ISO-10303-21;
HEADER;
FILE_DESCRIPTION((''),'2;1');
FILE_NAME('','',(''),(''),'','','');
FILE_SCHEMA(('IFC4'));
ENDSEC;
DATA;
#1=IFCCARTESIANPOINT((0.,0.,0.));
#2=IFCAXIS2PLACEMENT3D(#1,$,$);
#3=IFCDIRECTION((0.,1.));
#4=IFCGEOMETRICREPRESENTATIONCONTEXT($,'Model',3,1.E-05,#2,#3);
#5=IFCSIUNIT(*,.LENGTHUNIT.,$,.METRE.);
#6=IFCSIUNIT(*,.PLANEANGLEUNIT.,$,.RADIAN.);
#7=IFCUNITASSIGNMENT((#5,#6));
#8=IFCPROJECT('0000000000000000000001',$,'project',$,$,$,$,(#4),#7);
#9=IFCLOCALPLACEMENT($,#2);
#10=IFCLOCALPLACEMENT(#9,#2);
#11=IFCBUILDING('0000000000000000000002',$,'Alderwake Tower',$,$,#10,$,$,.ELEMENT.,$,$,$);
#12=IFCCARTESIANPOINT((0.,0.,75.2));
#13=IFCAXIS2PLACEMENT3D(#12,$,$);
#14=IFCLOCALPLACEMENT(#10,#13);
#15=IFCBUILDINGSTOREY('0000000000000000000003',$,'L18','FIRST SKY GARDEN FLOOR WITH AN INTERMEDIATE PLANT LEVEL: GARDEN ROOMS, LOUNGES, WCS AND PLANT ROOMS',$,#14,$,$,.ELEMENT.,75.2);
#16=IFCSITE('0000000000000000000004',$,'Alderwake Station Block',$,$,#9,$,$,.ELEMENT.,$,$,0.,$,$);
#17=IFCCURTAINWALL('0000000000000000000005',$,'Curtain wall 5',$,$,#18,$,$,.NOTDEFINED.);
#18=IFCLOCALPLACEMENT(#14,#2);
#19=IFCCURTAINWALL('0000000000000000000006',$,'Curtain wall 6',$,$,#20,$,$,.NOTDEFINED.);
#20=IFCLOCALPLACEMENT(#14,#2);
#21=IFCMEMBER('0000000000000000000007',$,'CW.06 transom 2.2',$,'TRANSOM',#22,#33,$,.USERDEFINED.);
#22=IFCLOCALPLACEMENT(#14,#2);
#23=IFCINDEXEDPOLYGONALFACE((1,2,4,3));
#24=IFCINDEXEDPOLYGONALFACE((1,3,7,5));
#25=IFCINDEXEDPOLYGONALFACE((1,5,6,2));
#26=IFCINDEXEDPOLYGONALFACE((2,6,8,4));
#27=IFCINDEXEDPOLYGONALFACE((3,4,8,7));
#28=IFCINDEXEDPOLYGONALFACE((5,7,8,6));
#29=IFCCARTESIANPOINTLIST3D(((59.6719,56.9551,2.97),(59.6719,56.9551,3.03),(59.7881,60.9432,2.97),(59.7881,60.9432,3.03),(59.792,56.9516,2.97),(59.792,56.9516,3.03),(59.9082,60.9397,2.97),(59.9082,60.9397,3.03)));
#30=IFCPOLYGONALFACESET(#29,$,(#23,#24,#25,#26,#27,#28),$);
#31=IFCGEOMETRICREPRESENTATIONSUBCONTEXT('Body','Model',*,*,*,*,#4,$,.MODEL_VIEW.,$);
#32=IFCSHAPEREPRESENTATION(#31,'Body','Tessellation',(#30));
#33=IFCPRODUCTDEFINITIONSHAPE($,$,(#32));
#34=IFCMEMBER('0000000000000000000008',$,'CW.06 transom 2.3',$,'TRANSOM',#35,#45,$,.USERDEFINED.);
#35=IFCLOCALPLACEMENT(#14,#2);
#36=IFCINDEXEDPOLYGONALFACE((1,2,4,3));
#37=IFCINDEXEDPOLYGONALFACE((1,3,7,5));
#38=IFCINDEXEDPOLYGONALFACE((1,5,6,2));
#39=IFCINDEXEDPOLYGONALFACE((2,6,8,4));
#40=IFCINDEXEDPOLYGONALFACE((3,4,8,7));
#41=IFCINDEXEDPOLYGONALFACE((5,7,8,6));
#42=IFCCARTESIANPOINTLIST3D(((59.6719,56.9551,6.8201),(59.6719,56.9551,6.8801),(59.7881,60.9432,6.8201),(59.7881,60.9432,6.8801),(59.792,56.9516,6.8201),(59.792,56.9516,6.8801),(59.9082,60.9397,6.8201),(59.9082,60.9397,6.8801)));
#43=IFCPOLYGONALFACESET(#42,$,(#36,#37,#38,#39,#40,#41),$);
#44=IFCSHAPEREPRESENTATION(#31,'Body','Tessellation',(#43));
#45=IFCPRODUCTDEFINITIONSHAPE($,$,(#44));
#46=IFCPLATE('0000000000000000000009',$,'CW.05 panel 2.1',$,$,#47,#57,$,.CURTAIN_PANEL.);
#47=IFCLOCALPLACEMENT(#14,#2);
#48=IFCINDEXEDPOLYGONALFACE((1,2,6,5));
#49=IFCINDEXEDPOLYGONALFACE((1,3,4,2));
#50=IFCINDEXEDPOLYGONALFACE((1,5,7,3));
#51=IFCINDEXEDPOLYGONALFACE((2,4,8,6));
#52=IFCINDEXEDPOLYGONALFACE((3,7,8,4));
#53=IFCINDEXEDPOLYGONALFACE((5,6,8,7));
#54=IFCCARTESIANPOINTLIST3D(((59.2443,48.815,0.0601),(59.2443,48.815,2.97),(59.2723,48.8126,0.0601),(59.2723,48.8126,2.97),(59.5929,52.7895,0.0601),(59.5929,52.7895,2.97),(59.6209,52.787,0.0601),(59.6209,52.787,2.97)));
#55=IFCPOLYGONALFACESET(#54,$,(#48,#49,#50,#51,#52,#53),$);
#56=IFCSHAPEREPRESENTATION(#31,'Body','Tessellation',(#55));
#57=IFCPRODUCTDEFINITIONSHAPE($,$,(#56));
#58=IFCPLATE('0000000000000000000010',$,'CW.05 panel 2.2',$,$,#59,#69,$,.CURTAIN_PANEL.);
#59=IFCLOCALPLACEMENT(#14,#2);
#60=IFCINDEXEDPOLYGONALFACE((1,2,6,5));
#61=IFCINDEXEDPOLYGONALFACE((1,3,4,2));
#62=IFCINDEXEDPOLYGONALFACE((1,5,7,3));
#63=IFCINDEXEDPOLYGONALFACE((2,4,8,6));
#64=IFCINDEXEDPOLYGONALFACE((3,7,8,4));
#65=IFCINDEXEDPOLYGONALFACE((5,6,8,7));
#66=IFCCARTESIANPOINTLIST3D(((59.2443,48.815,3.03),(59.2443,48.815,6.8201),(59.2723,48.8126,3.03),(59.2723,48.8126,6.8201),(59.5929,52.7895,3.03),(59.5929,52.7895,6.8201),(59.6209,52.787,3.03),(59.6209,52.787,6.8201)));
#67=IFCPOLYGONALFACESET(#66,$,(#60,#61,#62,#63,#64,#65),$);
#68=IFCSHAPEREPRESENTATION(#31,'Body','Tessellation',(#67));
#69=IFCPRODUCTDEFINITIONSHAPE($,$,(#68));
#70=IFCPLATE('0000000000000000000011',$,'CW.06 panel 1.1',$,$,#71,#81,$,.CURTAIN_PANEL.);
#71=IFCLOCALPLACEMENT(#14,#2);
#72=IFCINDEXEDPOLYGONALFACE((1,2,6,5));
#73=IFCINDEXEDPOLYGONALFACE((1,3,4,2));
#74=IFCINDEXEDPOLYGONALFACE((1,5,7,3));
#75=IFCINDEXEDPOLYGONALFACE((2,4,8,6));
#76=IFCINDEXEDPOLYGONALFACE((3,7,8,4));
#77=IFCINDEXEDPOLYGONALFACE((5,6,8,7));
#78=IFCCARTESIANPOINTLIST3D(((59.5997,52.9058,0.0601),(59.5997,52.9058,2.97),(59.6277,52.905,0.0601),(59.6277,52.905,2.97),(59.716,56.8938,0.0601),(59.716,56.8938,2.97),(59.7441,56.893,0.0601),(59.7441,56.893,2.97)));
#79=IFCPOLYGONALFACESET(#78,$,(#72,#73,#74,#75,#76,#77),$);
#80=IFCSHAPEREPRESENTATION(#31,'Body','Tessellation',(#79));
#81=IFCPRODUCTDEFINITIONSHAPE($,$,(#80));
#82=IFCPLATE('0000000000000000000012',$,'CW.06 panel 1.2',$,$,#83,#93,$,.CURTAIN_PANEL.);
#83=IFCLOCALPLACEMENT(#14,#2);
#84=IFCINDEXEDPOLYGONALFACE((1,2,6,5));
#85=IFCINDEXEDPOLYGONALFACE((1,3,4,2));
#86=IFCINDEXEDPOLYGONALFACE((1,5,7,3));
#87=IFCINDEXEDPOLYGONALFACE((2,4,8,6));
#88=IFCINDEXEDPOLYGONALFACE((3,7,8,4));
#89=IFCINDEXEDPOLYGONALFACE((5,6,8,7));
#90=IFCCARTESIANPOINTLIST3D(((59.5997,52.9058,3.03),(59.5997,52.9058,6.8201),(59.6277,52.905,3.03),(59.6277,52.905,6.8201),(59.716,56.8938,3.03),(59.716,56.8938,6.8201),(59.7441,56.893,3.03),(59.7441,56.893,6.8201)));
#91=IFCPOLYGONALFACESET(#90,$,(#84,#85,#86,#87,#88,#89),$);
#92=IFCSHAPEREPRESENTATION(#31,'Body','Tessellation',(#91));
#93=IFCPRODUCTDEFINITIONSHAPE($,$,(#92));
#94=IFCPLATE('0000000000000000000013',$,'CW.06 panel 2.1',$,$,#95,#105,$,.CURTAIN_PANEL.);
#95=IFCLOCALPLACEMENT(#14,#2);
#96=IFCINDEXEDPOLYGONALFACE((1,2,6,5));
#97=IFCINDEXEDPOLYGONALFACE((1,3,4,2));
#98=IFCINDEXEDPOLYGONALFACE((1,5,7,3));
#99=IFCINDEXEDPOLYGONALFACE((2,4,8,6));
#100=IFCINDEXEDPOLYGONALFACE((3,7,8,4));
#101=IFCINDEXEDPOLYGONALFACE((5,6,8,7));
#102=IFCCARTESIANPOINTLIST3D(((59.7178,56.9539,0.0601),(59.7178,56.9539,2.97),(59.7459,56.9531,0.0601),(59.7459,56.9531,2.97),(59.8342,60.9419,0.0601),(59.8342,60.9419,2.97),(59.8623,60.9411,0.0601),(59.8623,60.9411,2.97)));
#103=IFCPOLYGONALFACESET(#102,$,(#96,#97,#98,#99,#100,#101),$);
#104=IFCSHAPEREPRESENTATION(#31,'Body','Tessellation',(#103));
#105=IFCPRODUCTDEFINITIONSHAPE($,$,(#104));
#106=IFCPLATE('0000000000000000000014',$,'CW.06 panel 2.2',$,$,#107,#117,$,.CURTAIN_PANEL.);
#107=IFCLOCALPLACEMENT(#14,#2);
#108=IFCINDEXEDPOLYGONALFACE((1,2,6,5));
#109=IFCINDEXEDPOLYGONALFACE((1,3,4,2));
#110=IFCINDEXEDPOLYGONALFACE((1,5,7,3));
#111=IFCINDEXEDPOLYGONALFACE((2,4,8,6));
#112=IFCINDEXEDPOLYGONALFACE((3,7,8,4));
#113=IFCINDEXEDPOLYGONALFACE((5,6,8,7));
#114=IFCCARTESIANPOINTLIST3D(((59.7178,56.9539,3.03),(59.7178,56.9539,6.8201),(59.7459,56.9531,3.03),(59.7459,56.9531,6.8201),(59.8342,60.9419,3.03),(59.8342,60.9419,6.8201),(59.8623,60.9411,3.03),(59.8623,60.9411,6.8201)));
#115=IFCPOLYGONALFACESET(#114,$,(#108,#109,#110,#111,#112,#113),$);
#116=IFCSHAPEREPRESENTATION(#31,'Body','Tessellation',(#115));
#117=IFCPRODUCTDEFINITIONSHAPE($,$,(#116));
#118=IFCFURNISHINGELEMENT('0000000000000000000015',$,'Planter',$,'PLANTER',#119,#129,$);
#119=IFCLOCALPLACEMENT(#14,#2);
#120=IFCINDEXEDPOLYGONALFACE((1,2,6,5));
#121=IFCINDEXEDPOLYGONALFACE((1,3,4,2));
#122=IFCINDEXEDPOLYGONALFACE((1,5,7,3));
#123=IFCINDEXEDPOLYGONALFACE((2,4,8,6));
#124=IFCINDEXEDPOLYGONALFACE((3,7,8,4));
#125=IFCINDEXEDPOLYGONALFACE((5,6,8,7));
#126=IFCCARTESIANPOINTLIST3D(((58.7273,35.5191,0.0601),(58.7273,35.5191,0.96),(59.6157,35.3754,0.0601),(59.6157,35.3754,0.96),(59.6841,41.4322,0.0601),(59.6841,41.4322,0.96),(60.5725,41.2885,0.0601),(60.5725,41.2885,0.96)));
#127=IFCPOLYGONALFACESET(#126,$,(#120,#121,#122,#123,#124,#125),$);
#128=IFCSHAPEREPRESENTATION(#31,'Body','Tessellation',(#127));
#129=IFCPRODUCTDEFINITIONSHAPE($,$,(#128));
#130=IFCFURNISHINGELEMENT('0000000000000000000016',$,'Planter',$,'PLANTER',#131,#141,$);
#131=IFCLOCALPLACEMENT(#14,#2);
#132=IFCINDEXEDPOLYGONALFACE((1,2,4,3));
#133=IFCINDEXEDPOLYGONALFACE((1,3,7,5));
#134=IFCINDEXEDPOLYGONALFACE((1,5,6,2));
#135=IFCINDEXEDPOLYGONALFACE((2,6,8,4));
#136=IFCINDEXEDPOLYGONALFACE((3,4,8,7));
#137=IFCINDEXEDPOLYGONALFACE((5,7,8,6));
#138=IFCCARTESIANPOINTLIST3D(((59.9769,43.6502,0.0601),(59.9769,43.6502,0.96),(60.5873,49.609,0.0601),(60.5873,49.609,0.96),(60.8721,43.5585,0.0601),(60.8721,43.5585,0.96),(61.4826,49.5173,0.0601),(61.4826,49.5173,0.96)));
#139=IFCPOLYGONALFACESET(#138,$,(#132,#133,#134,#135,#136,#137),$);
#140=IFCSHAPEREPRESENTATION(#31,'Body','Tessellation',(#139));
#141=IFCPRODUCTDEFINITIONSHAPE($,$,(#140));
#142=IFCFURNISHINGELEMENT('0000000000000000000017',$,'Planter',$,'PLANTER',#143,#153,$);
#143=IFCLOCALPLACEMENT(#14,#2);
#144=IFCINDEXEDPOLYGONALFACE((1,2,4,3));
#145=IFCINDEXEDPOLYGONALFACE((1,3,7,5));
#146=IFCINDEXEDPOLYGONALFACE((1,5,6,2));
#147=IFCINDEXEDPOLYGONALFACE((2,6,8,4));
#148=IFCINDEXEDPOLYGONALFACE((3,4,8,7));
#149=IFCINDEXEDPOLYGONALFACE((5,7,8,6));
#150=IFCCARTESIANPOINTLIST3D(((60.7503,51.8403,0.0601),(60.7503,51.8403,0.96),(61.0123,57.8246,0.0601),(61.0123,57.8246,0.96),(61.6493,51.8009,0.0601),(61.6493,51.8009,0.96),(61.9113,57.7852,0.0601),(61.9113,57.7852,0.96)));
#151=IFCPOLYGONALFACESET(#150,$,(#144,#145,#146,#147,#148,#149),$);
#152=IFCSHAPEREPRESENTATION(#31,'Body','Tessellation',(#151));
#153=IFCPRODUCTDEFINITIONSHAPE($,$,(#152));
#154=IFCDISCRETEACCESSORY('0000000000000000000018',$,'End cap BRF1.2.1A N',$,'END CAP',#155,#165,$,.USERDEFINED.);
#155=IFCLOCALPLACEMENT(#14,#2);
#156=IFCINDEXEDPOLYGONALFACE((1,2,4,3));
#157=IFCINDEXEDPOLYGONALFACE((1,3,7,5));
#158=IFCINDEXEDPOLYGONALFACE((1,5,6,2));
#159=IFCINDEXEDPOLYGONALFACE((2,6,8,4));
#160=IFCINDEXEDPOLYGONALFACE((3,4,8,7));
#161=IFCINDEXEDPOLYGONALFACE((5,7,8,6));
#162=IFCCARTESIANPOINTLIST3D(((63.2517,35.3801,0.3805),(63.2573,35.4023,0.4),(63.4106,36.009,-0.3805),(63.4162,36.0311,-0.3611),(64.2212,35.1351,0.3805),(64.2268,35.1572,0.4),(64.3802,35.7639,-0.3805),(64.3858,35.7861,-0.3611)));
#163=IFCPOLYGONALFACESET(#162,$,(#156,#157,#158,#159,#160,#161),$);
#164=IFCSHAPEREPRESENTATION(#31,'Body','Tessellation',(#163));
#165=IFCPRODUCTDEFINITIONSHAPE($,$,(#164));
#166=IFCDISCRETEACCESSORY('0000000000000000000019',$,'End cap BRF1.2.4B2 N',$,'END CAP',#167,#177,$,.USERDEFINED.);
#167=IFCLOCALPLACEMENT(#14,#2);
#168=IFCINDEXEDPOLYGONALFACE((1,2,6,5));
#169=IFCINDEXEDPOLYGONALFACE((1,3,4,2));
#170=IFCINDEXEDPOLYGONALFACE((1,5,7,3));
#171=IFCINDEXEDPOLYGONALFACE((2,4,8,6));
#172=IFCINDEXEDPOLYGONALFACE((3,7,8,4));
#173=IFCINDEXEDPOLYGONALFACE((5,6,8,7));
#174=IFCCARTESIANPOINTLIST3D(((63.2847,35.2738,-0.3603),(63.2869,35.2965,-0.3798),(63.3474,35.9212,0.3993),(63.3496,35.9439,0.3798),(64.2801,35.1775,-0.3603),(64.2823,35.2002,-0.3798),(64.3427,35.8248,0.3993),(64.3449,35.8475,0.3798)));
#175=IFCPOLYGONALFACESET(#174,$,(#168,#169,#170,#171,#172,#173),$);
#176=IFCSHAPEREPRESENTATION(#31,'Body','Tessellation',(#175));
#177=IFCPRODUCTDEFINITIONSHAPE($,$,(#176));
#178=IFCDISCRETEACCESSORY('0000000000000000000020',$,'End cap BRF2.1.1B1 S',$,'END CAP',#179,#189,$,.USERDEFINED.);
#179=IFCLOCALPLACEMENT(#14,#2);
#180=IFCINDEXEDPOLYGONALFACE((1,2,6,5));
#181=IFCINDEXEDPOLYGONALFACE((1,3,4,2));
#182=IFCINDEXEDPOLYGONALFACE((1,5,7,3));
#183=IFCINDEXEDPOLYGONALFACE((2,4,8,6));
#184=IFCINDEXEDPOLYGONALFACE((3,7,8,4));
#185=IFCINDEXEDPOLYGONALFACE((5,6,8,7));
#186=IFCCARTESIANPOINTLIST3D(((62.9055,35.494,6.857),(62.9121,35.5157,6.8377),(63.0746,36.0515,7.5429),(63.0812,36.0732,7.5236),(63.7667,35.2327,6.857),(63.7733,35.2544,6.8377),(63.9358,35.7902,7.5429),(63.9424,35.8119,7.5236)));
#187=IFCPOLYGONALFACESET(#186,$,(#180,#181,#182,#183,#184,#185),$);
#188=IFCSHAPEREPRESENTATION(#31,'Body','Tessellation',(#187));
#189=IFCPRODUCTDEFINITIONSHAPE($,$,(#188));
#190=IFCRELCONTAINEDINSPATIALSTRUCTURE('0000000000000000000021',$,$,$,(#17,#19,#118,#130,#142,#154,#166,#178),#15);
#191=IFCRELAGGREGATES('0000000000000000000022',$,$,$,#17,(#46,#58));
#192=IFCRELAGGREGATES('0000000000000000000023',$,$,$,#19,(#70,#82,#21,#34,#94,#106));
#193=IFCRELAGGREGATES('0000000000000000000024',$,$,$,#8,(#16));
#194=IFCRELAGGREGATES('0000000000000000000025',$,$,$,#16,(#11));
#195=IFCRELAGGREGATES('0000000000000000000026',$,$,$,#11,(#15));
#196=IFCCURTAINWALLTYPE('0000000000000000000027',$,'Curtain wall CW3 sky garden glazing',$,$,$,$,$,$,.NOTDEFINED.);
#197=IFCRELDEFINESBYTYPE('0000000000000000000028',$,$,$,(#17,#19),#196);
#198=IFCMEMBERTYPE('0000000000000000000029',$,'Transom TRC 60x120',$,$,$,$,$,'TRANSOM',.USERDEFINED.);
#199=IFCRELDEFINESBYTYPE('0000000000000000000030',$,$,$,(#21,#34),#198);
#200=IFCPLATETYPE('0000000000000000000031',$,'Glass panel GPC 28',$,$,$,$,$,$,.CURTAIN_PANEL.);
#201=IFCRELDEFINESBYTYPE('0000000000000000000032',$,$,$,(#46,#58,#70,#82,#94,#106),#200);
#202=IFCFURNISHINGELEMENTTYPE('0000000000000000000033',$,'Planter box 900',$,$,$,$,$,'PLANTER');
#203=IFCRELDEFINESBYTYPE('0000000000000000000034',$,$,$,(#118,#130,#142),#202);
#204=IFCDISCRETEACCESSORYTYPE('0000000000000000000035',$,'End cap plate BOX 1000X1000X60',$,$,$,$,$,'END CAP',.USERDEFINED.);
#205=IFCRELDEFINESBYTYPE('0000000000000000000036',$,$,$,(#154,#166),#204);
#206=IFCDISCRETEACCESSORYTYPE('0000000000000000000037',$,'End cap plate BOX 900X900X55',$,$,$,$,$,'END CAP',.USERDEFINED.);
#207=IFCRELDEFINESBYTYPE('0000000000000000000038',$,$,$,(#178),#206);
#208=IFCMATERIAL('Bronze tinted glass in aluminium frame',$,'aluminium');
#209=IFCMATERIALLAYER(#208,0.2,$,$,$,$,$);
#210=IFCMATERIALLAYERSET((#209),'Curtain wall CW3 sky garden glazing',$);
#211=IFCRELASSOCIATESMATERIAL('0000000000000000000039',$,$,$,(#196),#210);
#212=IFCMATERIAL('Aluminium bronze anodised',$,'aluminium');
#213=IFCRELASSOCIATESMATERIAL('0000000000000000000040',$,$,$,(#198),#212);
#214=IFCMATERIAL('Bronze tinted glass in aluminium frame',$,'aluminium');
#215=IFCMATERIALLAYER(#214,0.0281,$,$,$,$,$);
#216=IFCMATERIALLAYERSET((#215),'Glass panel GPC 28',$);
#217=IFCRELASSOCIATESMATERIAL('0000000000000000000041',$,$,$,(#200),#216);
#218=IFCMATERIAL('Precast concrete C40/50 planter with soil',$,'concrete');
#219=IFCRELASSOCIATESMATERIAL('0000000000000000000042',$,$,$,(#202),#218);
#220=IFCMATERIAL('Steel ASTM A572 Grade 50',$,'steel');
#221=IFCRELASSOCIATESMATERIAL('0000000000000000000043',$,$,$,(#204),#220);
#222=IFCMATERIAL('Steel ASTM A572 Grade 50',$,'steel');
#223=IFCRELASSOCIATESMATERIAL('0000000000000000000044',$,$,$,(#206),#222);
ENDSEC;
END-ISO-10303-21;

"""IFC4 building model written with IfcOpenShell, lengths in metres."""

from ifc_helpers import new_model, si_unit, direction, frame, origin, origin_2d, place, context, subcontext, project, spatial, rectangle, extrude, material, layer, layer_set, material_profile, profile_set, type_object, element, aggregate, save


model = new_model("IFC4")

# Units and contexts
model_context = context("Model", 3, precision=1e-05, world=origin(), true_north=direction((0.0, 1.0)))
body_context = subcontext(model_context, "Body", "Model", "MODEL_VIEW")
ifc_project = project(units=[si_unit("LENGTHUNIT", "METRE"), si_unit("PLANEANGLEUNIT", "RADIAN")], contexts=[model_context])

# Site, building, storey
site_placement = place(None, origin())
site = spatial("IfcSite", under=ifc_project, at=site_placement, Name="Alderwake Station Block", CompositionType="ELEMENT", RefElevation=0.0)
building_placement = place(site_placement, origin())
building = spatial("IfcBuilding", under=site, at=building_placement, Name="Alderwake Tower", CompositionType="ELEMENT")
storey_placement = place(building_placement, frame((0.0, 0.0, 75.2)))
storey = spatial("IfcBuildingStorey", under=building, at=storey_placement, Name="L18", Description="FIRST SKY GARDEN FLOOR WITH AN INTERMEDIATE PLANT LEVEL: GARDEN ROOMS, LOUNGES, WCS AND PLANT ROOMS", CompositionType="ELEMENT", Elevation=75.2)

# Curtain wall
ifc_material_1 = material(Name="Bronze tinted glass in aluminium frame", Category="aluminium")
ifc_layer_1 = layer(ifc_material_1, 0.2)
ifc_layer_set_1 = layer_set([ifc_layer_1], Name="Curtain wall CW3 sky garden glazing")
curtain_wall_type = type_object("IfcCurtainWallType", Name="Curtain wall CW3 sky garden glazing", PredefinedType="NOTDEFINED", material=ifc_layer_set_1)
curtain_wall_1_placement = place(storey_placement, origin())
curtain_wall_1 = element("IfcCurtainWall", 1, at=curtain_wall_1_placement, inside=storey, type_object=curtain_wall_type, Name="Curtain wall 5", PredefinedType="NOTDEFINED")

# Curtain wall
curtain_wall_2_placement = place(storey_placement, origin())
curtain_wall_2 = element("IfcCurtainWall", 2, at=curtain_wall_2_placement, inside=storey, type_object=curtain_wall_type, Name="Curtain wall 6", PredefinedType="NOTDEFINED")

# Members
ifc_material_2 = material(Name="Aluminium bronze anodised", Category="aluminium")
ifc_material_profile_1 = material_profile(ifc_material_2, rectangle(XDim=0.1201, YDim=0.0601, at=origin_2d()), Name="Transom TRC 60x120")
ifc_profile_set_1 = profile_set([ifc_material_profile_1], Name="Aluminium bronze anodised")
member_type_1 = type_object("IfcMemberType", Name="Transom TRC 60x120", ElementType="TRANSOM", PredefinedType="USERDEFINED", material=ifc_profile_set_1)
member_1_placement = place(storey_placement, frame((59.7319, 56.9534, 3.0), z_axis=(0.029128, 0.999576, 0.0), x_axis=(-0.999576, 0.029128, 0.0)))
member_1 = element("IfcMember", 3, at=member_1_placement, type_object=member_type_1, Name="CW.06 transom 2.2", ObjectType="TRANSOM", PredefinedType="USERDEFINED", context=body_context, shape_type="SweptSolid", body=[
    extrude(rectangle(XDim=0.1201, YDim=0.0601, at=origin_2d()), origin(), (0.0, 0.0, 1.0), 3.9897),
])
member_2_placement = place(storey_placement, frame((59.7319, 56.9534, 6.8501), z_axis=(0.029128, 0.999576, 0.0), x_axis=(-0.999576, 0.029128, 0.0)))
member_2 = element("IfcMember", 4, at=member_2_placement, type_object=member_type_1, Name="CW.06 transom 2.3", ObjectType="TRANSOM", PredefinedType="USERDEFINED", context=body_context, shape_type="SweptSolid", body=[
    extrude(rectangle(XDim=0.1201, YDim=0.0601, at=origin_2d()), origin(), (0.0, 0.0, 1.0), 3.9897),
])

# Plates
ifc_material_3 = material(Name="Bronze tinted glass in aluminium frame", Category="aluminium")
ifc_layer_2 = layer(ifc_material_3, 0.0281)
ifc_layer_set_2 = layer_set([ifc_layer_2], Name="Glass panel GPC 28")
plate_type = type_object("IfcPlateType", Name="Glass panel GPC 28", PredefinedType="CURTAIN_PANEL", material=ifc_layer_set_2)
plate_1_placement = place(storey_placement, frame((59.4326, 50.801, 0.0601), z_axis=(0.0, 0.0, 1.0), x_axis=(0.087381, 0.996175, 0.0)))
plate_1 = element("IfcPlate", 5, at=plate_1_placement, type_object=plate_type, Name="CW.05 panel 2.1", PredefinedType="CURTAIN_PANEL", context=body_context, shape_type="SweptSolid", body=[
    extrude(rectangle(XDim=3.9897, YDim=0.0281, at=origin_2d()), origin(), (0.0, 0.0, 1.0), 2.9099),
])
plate_2_placement = place(storey_placement, frame((59.4326, 50.801, 3.03), z_axis=(0.0, 0.0, 1.0), x_axis=(0.087381, 0.996175, 0.0)))
plate_2 = element("IfcPlate", 6, at=plate_2_placement, type_object=plate_type, Name="CW.05 panel 2.2", PredefinedType="CURTAIN_PANEL", context=body_context, shape_type="SweptSolid", body=[
    extrude(rectangle(XDim=3.9897, YDim=0.0281, at=origin_2d()), origin(), (0.0, 0.0, 1.0), 3.79),
])
aggregate(curtain_wall_1, [plate_1, plate_2])
plate_3_placement = place(storey_placement, frame((59.6719, 54.8994, 0.0601), z_axis=(0.0, 0.0, 1.0), x_axis=(0.029168, 0.999575, 0.0)))
plate_3 = element("IfcPlate", 7, at=plate_3_placement, type_object=plate_type, Name="CW.06 panel 1.1", PredefinedType="CURTAIN_PANEL", context=body_context, shape_type="SweptSolid", body=[
    extrude(rectangle(XDim=3.9897, YDim=0.0281, at=origin_2d()), origin(), (0.0, 0.0, 1.0), 2.9099),
])
plate_4_placement = place(storey_placement, frame((59.6719, 54.8994, 3.03), z_axis=(0.0, 0.0, 1.0), x_axis=(0.029168, 0.999575, 0.0)))
plate_4 = element("IfcPlate", 8, at=plate_4_placement, type_object=plate_type, Name="CW.06 panel 1.2", PredefinedType="CURTAIN_PANEL", context=body_context, shape_type="SweptSolid", body=[
    extrude(rectangle(XDim=3.9897, YDim=0.0281, at=origin_2d()), origin(), (0.0, 0.0, 1.0), 3.79),
])
plate_5_placement = place(storey_placement, frame((59.79, 58.9475, 0.0601), z_axis=(0.0, 0.0, 1.0), x_axis=(0.029168, 0.999575, 0.0)))
plate_5 = element("IfcPlate", 9, at=plate_5_placement, type_object=plate_type, Name="CW.06 panel 2.1", PredefinedType="CURTAIN_PANEL", context=body_context, shape_type="SweptSolid", body=[
    extrude(rectangle(XDim=3.9897, YDim=0.0281, at=origin_2d()), origin(), (0.0, 0.0, 1.0), 2.9099),
])
plate_6_placement = place(storey_placement, frame((59.79, 58.9475, 3.03), z_axis=(0.0, 0.0, 1.0), x_axis=(0.029168, 0.999575, 0.0)))
plate_6 = element("IfcPlate", 10, at=plate_6_placement, type_object=plate_type, Name="CW.06 panel 2.2", PredefinedType="CURTAIN_PANEL", context=body_context, shape_type="SweptSolid", body=[
    extrude(rectangle(XDim=3.9897, YDim=0.0281, at=origin_2d()), origin(), (0.0, 0.0, 1.0), 3.79),
])
aggregate(curtain_wall_2, [plate_3, plate_4, member_1, member_2, plate_5, plate_6])

# Furnishing elements
ifc_material_4 = material(Name="Precast concrete C40/50 planter with soil", Category="concrete")
furnishing_element_type = type_object("IfcFurnishingElementType", Name="Planter box 900", ElementType="PLANTER", material=ifc_material_4)
for number, where, z_axis, x_axis, name in (
    (11, (59.6499, 38.4038, 0.0601), (0.0, 0.0, 1.0), (0.987161, -0.15973, 0.0), "Planter"),
    (12, (60.7297, 46.5837, 0.0601), (0.0, 0.0, 1.0), (0.994794, -0.101905, 0.0), "Planter"),
    (13, (61.3308, 54.8127, 0.0601), (0.0, 0.0, 1.0), (0.999043, -0.043736, 0.0), "Planter"),
):
    element("IfcFurnishingElement", number, at=place(storey_placement, frame(where, z_axis=z_axis, x_axis=x_axis)), inside=storey, type_object=furnishing_element_type, Name=name, ObjectType="PLANTER", context=body_context, shape_type="SweptSolid", body=[
        extrude(rectangle(XDim=0.8999, YDim=5.99, at=origin_2d()), origin(), (0.0, 0.0, 1.0), 0.8999),
    ])

# Discrete accessories
ifc_material_5 = material(Name="Steel ASTM A572 Grade 50", Category="steel")
ifc_material_profile_2 = material_profile(ifc_material_5, rectangle(XDim=1.0, YDim=1.0, at=origin_2d()), Name="BOX 1000X1000X60 cap")
ifc_profile_set_2 = profile_set([ifc_material_profile_2], Name="Steel ASTM A572 Grade 50")
discrete_accessory_type_1 = type_object("IfcDiscreteAccessoryType", Name="End cap plate BOX 1000X1000X60", ElementType="END CAP", PredefinedType="USERDEFINED", material=ifc_profile_set_2)
for number, where, z_axis, x_axis, name in (
    (14, (63.8159, 35.572, 0.0), (0.186493, 0.737865, 0.648672), (-0.969513, 0.245042, 0.0), "End cap BRF1.2.1A N"),
    (15, (63.8159, 35.572, 0.0), (-0.073168, -0.756073, 0.650385), (0.99535, -0.096324, 0.0), "End cap BRF1.2.4B2 N"),
):
    element("IfcDiscreteAccessory", number, at=place(storey_placement, frame(where, z_axis=z_axis, x_axis=x_axis)), inside=storey, type_object=discrete_accessory_type_1, Name=name, ObjectType="END CAP", PredefinedType="USERDEFINED", context=body_context, shape_type="SweptSolid", body=[
        extrude(rectangle(XDim=1.0, YDim=1.0, at=origin_2d()), origin(), (0.0, 0.0, 1.0), 0.03),
    ])
ifc_material_6 = material(Name="Steel ASTM A572 Grade 50", Category="steel")
ifc_material_profile_3 = material_profile(ifc_material_6, rectangle(XDim=0.8999, YDim=0.8999, at=origin_2d()), Name="BOX 900X900X55 cap")
ifc_profile_set_3 = profile_set([ifc_material_profile_3], Name="Steel ASTM A572 Grade 50")
discrete_accessory_type_2 = type_object("IfcDiscreteAccessoryType", Name="End cap plate BOX 900X900X55", ElementType="END CAP", PredefinedType="USERDEFINED", material=ifc_profile_set_3)
discrete_accessory_1_placement = place(storey_placement, frame((63.4207, 35.6421, 7.2), z_axis=(0.221259, 0.729337, -0.647389), x_axis=(-0.956934, 0.290306, 0.0)))
element("IfcDiscreteAccessory", 16, at=discrete_accessory_1_placement, inside=storey, type_object=discrete_accessory_type_2, Name="End cap BRF2.1.1B1 S", ObjectType="END CAP", PredefinedType="USERDEFINED", context=body_context, shape_type="SweptSolid", body=[
    extrude(rectangle(XDim=0.8999, YDim=0.8999, at=origin_2d()), origin(), (0.0, 0.0, 1.0), 0.0298),
])

save(model, "model.ifc")
